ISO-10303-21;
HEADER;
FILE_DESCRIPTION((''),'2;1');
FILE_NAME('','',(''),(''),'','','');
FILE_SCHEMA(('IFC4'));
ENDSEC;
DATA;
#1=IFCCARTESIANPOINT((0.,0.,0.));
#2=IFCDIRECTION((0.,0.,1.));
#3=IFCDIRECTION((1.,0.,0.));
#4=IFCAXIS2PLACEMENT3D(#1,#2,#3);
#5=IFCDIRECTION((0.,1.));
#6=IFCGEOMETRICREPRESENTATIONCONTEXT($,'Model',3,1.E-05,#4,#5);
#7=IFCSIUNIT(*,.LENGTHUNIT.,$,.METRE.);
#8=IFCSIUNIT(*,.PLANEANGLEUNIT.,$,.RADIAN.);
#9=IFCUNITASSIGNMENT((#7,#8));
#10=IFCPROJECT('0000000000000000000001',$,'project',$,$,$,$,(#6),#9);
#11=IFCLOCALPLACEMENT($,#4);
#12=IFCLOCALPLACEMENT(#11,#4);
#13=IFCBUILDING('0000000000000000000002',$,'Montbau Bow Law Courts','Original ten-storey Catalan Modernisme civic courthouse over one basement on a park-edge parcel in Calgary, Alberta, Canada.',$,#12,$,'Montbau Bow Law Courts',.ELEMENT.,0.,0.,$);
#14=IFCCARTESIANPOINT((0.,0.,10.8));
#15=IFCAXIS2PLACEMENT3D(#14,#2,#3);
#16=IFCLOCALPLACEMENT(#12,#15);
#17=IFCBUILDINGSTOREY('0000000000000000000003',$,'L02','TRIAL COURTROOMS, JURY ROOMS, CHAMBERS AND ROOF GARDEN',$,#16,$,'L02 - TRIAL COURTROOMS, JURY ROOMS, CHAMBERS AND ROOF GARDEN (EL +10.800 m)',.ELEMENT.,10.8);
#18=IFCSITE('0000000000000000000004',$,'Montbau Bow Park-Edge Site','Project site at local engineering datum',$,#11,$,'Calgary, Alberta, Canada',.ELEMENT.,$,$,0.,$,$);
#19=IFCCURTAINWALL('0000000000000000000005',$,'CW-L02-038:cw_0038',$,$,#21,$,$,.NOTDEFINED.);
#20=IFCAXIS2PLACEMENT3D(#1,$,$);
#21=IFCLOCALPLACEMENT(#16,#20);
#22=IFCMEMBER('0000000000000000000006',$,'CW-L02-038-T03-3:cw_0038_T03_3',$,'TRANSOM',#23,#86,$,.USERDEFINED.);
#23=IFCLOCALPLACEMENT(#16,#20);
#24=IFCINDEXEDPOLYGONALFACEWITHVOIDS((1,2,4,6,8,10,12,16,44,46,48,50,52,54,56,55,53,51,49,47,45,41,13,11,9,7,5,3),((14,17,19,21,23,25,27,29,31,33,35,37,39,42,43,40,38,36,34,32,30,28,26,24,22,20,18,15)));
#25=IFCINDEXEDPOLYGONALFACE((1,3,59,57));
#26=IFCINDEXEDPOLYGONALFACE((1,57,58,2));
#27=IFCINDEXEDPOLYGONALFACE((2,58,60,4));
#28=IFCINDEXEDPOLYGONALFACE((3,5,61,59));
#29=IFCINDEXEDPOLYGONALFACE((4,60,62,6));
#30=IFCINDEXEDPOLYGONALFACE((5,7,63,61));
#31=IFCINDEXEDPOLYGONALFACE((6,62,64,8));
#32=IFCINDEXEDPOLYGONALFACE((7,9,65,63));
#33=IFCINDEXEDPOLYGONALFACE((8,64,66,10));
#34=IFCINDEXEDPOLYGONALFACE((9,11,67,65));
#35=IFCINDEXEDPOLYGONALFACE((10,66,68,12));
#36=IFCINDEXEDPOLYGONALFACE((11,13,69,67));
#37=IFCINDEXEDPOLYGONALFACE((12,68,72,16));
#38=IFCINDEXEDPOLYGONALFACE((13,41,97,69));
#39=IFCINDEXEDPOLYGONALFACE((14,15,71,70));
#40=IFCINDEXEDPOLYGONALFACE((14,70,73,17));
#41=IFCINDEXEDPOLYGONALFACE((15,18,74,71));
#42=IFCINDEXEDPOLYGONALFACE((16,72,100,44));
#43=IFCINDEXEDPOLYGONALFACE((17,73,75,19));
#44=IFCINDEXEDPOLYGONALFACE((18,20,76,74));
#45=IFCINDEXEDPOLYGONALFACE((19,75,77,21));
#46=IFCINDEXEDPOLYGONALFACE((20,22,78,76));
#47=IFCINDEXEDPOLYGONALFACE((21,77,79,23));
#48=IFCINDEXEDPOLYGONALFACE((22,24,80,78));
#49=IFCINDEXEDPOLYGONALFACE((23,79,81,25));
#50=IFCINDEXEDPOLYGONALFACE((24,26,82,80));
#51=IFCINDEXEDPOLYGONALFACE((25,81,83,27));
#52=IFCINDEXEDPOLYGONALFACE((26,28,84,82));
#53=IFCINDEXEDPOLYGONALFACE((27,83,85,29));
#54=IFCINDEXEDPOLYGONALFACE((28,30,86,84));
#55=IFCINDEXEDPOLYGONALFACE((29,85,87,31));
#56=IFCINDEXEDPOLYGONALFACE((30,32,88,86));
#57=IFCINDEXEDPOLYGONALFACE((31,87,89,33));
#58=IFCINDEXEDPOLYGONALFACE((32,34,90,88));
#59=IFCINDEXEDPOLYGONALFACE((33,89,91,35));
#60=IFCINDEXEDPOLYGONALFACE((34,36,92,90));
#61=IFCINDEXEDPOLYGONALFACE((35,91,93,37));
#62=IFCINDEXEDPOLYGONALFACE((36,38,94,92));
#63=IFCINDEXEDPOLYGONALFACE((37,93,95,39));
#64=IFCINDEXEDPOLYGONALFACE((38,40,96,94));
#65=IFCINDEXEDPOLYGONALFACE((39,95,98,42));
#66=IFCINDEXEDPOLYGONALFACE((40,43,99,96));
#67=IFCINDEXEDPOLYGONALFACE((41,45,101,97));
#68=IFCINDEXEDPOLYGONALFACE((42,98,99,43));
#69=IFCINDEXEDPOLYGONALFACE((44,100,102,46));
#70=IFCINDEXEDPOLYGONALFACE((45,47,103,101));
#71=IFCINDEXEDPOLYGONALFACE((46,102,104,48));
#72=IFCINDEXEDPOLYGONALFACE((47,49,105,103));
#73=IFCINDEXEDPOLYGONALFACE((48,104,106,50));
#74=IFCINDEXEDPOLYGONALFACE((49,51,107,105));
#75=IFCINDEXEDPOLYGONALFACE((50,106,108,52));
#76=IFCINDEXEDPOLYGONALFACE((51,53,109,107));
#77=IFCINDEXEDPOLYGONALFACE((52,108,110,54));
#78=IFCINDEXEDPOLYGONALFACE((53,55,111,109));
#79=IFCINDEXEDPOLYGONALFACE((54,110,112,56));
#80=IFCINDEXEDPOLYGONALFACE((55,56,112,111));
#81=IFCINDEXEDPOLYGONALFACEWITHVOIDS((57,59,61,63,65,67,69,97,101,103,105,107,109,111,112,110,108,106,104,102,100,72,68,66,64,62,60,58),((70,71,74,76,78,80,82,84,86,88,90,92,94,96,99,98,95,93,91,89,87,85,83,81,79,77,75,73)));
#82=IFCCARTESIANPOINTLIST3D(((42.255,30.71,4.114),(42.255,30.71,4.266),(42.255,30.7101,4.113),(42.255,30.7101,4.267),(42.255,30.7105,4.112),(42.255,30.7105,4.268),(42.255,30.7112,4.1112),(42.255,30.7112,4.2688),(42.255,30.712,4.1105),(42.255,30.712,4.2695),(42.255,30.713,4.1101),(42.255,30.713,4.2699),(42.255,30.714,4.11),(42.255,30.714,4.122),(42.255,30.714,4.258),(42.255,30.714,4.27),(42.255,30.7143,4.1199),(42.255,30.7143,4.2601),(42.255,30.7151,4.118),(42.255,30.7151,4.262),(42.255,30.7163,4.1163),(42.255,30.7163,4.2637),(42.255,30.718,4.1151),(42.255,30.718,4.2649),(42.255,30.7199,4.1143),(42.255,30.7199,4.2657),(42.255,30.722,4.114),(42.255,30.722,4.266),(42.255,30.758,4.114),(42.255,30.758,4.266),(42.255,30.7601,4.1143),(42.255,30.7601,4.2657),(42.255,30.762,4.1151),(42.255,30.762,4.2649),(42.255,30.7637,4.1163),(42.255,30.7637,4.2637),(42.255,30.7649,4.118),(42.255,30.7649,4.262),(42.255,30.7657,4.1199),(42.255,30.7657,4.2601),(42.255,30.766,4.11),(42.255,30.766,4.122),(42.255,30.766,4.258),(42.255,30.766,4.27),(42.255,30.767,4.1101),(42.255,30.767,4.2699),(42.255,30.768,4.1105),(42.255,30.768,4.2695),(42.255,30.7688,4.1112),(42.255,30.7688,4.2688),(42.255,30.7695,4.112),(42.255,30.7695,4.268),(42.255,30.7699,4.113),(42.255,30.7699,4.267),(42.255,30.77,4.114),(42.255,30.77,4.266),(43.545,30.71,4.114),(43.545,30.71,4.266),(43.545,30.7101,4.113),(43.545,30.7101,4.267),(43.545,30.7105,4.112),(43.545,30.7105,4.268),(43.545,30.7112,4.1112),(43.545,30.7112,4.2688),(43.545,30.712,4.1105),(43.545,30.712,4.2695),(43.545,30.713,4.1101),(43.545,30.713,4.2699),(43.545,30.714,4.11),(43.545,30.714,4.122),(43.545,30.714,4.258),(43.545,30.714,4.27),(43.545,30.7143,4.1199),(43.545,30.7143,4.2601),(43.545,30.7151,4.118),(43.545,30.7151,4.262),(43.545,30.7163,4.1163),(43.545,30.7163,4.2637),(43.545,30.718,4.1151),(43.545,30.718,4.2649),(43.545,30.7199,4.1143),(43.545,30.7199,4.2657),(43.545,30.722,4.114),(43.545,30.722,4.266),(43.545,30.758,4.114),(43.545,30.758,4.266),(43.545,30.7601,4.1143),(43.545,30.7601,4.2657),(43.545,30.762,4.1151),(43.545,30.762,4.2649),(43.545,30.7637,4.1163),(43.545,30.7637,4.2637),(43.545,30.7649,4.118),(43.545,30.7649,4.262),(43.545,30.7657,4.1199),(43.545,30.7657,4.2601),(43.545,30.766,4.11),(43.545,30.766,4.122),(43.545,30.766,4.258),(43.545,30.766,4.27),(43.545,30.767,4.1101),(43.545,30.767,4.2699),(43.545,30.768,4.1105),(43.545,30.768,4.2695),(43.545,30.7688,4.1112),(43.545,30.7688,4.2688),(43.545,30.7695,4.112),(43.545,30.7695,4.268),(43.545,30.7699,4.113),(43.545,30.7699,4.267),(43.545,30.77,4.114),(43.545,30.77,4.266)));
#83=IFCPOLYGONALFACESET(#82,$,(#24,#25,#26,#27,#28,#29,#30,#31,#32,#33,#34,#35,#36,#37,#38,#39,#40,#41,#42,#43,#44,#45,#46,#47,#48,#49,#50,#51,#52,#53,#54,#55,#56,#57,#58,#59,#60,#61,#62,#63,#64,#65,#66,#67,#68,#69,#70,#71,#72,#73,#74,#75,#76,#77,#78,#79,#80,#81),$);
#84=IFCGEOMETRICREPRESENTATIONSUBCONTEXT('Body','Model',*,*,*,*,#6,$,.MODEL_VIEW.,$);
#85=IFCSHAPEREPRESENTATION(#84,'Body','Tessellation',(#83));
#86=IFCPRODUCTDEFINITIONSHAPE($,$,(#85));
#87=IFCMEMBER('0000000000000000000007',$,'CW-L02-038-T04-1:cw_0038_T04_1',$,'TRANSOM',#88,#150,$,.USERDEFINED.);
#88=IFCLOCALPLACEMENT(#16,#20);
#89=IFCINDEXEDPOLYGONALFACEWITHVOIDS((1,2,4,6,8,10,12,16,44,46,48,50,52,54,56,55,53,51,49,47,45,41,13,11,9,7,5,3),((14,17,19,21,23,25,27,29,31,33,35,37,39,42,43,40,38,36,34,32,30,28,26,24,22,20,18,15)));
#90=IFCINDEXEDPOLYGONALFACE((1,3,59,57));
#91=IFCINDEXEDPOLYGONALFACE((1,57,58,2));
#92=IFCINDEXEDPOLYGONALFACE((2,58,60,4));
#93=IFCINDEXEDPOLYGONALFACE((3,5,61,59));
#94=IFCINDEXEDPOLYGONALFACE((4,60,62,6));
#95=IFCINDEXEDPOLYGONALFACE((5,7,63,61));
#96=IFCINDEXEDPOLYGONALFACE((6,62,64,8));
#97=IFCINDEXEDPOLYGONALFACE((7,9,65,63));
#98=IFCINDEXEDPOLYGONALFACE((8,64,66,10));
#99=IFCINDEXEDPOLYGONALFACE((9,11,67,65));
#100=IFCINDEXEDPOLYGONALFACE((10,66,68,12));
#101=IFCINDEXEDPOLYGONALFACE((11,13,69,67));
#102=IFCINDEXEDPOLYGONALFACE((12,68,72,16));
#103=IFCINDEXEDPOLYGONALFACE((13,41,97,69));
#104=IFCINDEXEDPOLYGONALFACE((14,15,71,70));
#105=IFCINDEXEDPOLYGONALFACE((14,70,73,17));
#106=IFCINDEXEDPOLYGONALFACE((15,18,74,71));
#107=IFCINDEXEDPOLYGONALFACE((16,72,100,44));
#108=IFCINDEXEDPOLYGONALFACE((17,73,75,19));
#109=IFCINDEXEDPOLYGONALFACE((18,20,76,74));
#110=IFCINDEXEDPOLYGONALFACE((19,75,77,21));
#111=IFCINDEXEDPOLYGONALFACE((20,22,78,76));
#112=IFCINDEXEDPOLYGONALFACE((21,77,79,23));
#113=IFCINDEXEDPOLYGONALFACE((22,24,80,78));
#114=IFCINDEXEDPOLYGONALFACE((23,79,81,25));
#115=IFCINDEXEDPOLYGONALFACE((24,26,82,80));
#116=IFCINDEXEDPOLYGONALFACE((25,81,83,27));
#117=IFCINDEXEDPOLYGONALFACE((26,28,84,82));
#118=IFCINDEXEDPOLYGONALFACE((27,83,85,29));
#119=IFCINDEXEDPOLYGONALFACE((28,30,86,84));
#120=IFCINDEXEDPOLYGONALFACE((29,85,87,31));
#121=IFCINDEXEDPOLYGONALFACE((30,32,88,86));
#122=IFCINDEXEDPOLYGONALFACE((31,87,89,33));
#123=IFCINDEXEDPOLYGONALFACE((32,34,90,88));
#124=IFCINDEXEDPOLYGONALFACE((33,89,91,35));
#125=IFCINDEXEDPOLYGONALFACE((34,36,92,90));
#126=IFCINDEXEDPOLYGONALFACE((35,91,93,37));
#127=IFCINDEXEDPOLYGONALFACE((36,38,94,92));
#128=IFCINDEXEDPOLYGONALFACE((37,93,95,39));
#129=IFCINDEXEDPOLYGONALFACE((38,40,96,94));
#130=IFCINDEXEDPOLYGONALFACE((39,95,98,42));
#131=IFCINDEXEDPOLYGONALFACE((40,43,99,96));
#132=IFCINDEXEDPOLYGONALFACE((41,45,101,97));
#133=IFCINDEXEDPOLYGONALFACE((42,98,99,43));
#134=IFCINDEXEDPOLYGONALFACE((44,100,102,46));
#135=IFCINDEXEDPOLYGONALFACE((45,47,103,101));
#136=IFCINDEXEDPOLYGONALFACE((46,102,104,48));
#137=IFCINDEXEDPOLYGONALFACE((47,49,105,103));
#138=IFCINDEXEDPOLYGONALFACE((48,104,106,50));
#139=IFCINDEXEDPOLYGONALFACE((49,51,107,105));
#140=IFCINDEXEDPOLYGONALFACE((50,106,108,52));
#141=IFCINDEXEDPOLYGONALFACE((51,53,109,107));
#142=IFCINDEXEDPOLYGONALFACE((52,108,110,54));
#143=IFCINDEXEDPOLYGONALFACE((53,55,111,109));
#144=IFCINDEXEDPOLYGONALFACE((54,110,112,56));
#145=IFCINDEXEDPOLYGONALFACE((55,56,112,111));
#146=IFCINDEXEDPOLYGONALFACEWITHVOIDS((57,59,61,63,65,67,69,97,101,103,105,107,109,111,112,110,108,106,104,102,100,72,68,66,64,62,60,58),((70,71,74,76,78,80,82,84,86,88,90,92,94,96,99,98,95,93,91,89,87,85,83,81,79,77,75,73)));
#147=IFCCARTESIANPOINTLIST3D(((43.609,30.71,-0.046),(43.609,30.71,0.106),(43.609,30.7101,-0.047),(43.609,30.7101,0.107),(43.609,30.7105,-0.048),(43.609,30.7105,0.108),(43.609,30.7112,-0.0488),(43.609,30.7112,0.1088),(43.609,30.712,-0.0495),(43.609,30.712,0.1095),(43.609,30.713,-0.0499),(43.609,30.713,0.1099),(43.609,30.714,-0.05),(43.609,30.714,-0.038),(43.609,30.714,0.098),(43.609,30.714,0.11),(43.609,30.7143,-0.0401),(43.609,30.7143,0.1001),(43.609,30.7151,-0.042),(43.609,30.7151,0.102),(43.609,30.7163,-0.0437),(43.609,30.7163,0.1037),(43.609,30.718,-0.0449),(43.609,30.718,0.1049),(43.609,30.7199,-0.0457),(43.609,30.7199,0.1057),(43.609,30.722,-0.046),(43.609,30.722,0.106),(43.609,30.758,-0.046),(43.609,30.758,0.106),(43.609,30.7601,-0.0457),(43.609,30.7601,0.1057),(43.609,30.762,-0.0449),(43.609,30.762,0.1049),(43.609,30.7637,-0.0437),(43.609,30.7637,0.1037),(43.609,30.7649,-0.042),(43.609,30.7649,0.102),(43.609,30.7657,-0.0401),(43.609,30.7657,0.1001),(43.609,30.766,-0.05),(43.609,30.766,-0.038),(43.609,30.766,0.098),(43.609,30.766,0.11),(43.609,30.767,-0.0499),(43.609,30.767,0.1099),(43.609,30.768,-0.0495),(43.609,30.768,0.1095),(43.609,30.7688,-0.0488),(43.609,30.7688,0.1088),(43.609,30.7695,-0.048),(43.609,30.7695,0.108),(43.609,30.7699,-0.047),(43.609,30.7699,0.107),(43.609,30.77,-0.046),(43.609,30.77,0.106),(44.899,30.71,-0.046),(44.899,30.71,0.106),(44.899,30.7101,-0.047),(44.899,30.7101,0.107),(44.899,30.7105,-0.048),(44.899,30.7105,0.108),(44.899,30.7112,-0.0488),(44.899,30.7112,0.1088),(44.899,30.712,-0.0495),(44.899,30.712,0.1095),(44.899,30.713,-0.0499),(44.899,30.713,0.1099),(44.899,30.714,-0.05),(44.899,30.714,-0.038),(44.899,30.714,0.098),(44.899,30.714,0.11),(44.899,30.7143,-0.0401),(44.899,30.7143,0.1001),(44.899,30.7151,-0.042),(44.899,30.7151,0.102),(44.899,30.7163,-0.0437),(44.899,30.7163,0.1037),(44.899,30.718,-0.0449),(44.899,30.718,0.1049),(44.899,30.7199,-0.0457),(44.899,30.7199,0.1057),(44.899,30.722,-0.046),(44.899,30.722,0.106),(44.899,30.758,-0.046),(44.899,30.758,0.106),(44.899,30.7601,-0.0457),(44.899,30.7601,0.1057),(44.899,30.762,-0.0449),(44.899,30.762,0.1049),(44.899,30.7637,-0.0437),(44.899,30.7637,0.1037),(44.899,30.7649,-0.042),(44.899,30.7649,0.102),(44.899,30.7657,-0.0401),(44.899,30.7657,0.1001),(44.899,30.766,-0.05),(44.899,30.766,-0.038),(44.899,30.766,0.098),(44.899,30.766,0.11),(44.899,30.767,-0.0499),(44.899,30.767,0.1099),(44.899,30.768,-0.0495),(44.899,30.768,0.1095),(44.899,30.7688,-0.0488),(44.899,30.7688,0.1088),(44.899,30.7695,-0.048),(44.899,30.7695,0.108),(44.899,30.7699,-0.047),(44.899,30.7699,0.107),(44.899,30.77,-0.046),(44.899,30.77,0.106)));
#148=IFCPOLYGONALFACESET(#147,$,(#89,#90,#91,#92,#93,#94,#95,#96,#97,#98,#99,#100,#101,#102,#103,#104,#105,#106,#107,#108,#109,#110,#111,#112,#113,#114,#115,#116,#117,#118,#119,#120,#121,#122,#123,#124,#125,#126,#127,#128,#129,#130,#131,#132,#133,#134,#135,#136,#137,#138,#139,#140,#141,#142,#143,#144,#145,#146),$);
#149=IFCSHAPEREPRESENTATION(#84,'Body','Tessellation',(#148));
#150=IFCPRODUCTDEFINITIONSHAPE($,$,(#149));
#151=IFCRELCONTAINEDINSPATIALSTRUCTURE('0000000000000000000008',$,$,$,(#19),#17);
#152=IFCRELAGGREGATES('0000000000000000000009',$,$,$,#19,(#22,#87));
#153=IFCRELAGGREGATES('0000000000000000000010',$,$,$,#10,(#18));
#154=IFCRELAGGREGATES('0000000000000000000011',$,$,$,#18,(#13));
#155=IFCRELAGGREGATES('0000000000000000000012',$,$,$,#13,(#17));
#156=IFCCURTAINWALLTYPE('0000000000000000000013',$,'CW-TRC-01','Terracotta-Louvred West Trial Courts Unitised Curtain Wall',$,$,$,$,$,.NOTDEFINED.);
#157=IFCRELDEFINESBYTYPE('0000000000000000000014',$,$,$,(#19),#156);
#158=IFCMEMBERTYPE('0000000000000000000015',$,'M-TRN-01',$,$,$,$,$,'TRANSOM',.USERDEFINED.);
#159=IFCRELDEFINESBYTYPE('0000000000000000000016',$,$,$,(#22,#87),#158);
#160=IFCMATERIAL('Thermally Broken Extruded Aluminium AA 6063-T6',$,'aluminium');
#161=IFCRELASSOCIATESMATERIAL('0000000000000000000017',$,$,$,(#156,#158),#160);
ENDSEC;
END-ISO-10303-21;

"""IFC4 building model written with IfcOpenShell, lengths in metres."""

from ifc_helpers import new_model, si_unit, direction, frame, origin_with_axes, origin_2d_with_axis, place, context, subcontext, project, spatial, hollow_rectangle, extrude, material, material_profile, profile_set, type_object, element, aggregate, save


model = new_model("IFC4")

# Units and contexts
model_context = context("Model", 3, precision=1e-05, world=origin_with_axes(), true_north=direction((0.0, 1.0)))
body_context = subcontext(model_context, "Body", "Model", "MODEL_VIEW")
ifc_project = project(units=[si_unit("LENGTHUNIT", "METRE"), si_unit("PLANEANGLEUNIT", "RADIAN")], contexts=[model_context])

# Site, building, storey
site_placement = place(None, origin_with_axes())
site = spatial("IfcSite", under=ifc_project, at=site_placement, Name="Montbau Bow Park-Edge Site", Description="Project site at local engineering datum", LongName="Calgary, Alberta, Canada", CompositionType="ELEMENT", RefElevation=0.0)
building_placement = place(site_placement, origin_with_axes())
building = spatial("IfcBuilding", under=site, at=building_placement, Name="Montbau Bow Law Courts", Description="Original ten-storey Catalan Modernisme civic courthouse over one basement on a park-edge parcel in Calgary, Alberta, Canada.", LongName="Montbau Bow Law Courts", CompositionType="ELEMENT", ElevationOfRefHeight=0.0, ElevationOfTerrain=0.0)
storey_placement = place(building_placement, frame((0.0, 0.0, 10.8), z_axis=(0.0, 0.0, 1.0), x_axis=(1.0, 0.0, 0.0)))
storey = spatial("IfcBuildingStorey", under=building, at=storey_placement, Name="L02", Description="TRIAL COURTROOMS, JURY ROOMS, CHAMBERS AND ROOF GARDEN", LongName="L02 - TRIAL COURTROOMS, JURY ROOMS, CHAMBERS AND ROOF GARDEN (EL +10.800 m)", CompositionType="ELEMENT", Elevation=10.8)

# Curtain wall, members
ifc_material_1 = material(Name="Thermally Broken Extruded Aluminium AA 6063-T6", Category="aluminium")
curtain_wall_type = type_object("IfcCurtainWallType", Name="CW-TRC-01", Description="Terracotta-Louvred West Trial Courts Unitised Curtain Wall", PredefinedType="NOTDEFINED", material=ifc_material_1)
curtain_wall_placement = place(None, frame((39.515, 30.74, 10.8), z_axis=(0.0, 0.0, 1.0), x_axis=(1.0, 0.0, 0.0)))
curtain_wall = element("IfcCurtainWall", 1, at=curtain_wall_placement, inside=storey, type_object=curtain_wall_type, Name="CW-L02-038:cw_0038", PredefinedType="NOTDEFINED")
ifc_material_profile_1 = material_profile(ifc_material_1, hollow_rectangle(XDim=0.06, YDim=0.16, WallThickness=0.004, InnerFilletRadius=0.008, OuterFilletRadius=0.004, at=origin_2d_with_axis()), Name="CWT-160X60", Category="Main", Priority=0)
ifc_profile_set_1 = profile_set([ifc_material_profile_1], Name="Thermally Broken Extruded Aluminium AA 6063-T6")
member_type_1 = type_object("IfcMemberType", Name="M-TRN-01", ElementType="TRANSOM", PredefinedType="USERDEFINED", material=ifc_profile_set_1)
member_1_placement = place(None, frame((42.255, 30.74, 14.99), z_axis=(1.0, 0.0, 0.0), x_axis=(0.0, 1.0, 0.0)))
member_1 = element("IfcMember", 2, at=member_1_placement, type_object=member_type_1, Name="CW-L02-038-T03-3:cw_0038_T03_3", ObjectType="TRANSOM", PredefinedType="USERDEFINED", context=body_context, shape_type="SweptSolid", body=[
    extrude(hollow_rectangle(XDim=0.06, YDim=0.16, WallThickness=0.004, InnerFilletRadius=0.008, OuterFilletRadius=0.004, at=origin_2d_with_axis()), origin_with_axes(), (0.0, 0.0, 1.0), 1.29),
])
member_2_placement = place(None, frame((43.609, 30.74, 10.83), z_axis=(1.0, 0.0, 0.0), x_axis=(0.0, 1.0, 0.0)))
member_2 = element("IfcMember", 3, at=member_2_placement, type_object=member_type_1, Name="CW-L02-038-T04-1:cw_0038_T04_1", ObjectType="TRANSOM", PredefinedType="USERDEFINED", context=body_context, shape_type="SweptSolid", body=[
    extrude(hollow_rectangle(XDim=0.06, YDim=0.16, WallThickness=0.004, InnerFilletRadius=0.008, OuterFilletRadius=0.004, at=origin_2d_with_axis()), origin_with_axes(), (0.0, 0.0, 1.0), 1.29),
])
aggregate(curtain_wall, [member_1, member_2])

save(model, "model.ifc")
